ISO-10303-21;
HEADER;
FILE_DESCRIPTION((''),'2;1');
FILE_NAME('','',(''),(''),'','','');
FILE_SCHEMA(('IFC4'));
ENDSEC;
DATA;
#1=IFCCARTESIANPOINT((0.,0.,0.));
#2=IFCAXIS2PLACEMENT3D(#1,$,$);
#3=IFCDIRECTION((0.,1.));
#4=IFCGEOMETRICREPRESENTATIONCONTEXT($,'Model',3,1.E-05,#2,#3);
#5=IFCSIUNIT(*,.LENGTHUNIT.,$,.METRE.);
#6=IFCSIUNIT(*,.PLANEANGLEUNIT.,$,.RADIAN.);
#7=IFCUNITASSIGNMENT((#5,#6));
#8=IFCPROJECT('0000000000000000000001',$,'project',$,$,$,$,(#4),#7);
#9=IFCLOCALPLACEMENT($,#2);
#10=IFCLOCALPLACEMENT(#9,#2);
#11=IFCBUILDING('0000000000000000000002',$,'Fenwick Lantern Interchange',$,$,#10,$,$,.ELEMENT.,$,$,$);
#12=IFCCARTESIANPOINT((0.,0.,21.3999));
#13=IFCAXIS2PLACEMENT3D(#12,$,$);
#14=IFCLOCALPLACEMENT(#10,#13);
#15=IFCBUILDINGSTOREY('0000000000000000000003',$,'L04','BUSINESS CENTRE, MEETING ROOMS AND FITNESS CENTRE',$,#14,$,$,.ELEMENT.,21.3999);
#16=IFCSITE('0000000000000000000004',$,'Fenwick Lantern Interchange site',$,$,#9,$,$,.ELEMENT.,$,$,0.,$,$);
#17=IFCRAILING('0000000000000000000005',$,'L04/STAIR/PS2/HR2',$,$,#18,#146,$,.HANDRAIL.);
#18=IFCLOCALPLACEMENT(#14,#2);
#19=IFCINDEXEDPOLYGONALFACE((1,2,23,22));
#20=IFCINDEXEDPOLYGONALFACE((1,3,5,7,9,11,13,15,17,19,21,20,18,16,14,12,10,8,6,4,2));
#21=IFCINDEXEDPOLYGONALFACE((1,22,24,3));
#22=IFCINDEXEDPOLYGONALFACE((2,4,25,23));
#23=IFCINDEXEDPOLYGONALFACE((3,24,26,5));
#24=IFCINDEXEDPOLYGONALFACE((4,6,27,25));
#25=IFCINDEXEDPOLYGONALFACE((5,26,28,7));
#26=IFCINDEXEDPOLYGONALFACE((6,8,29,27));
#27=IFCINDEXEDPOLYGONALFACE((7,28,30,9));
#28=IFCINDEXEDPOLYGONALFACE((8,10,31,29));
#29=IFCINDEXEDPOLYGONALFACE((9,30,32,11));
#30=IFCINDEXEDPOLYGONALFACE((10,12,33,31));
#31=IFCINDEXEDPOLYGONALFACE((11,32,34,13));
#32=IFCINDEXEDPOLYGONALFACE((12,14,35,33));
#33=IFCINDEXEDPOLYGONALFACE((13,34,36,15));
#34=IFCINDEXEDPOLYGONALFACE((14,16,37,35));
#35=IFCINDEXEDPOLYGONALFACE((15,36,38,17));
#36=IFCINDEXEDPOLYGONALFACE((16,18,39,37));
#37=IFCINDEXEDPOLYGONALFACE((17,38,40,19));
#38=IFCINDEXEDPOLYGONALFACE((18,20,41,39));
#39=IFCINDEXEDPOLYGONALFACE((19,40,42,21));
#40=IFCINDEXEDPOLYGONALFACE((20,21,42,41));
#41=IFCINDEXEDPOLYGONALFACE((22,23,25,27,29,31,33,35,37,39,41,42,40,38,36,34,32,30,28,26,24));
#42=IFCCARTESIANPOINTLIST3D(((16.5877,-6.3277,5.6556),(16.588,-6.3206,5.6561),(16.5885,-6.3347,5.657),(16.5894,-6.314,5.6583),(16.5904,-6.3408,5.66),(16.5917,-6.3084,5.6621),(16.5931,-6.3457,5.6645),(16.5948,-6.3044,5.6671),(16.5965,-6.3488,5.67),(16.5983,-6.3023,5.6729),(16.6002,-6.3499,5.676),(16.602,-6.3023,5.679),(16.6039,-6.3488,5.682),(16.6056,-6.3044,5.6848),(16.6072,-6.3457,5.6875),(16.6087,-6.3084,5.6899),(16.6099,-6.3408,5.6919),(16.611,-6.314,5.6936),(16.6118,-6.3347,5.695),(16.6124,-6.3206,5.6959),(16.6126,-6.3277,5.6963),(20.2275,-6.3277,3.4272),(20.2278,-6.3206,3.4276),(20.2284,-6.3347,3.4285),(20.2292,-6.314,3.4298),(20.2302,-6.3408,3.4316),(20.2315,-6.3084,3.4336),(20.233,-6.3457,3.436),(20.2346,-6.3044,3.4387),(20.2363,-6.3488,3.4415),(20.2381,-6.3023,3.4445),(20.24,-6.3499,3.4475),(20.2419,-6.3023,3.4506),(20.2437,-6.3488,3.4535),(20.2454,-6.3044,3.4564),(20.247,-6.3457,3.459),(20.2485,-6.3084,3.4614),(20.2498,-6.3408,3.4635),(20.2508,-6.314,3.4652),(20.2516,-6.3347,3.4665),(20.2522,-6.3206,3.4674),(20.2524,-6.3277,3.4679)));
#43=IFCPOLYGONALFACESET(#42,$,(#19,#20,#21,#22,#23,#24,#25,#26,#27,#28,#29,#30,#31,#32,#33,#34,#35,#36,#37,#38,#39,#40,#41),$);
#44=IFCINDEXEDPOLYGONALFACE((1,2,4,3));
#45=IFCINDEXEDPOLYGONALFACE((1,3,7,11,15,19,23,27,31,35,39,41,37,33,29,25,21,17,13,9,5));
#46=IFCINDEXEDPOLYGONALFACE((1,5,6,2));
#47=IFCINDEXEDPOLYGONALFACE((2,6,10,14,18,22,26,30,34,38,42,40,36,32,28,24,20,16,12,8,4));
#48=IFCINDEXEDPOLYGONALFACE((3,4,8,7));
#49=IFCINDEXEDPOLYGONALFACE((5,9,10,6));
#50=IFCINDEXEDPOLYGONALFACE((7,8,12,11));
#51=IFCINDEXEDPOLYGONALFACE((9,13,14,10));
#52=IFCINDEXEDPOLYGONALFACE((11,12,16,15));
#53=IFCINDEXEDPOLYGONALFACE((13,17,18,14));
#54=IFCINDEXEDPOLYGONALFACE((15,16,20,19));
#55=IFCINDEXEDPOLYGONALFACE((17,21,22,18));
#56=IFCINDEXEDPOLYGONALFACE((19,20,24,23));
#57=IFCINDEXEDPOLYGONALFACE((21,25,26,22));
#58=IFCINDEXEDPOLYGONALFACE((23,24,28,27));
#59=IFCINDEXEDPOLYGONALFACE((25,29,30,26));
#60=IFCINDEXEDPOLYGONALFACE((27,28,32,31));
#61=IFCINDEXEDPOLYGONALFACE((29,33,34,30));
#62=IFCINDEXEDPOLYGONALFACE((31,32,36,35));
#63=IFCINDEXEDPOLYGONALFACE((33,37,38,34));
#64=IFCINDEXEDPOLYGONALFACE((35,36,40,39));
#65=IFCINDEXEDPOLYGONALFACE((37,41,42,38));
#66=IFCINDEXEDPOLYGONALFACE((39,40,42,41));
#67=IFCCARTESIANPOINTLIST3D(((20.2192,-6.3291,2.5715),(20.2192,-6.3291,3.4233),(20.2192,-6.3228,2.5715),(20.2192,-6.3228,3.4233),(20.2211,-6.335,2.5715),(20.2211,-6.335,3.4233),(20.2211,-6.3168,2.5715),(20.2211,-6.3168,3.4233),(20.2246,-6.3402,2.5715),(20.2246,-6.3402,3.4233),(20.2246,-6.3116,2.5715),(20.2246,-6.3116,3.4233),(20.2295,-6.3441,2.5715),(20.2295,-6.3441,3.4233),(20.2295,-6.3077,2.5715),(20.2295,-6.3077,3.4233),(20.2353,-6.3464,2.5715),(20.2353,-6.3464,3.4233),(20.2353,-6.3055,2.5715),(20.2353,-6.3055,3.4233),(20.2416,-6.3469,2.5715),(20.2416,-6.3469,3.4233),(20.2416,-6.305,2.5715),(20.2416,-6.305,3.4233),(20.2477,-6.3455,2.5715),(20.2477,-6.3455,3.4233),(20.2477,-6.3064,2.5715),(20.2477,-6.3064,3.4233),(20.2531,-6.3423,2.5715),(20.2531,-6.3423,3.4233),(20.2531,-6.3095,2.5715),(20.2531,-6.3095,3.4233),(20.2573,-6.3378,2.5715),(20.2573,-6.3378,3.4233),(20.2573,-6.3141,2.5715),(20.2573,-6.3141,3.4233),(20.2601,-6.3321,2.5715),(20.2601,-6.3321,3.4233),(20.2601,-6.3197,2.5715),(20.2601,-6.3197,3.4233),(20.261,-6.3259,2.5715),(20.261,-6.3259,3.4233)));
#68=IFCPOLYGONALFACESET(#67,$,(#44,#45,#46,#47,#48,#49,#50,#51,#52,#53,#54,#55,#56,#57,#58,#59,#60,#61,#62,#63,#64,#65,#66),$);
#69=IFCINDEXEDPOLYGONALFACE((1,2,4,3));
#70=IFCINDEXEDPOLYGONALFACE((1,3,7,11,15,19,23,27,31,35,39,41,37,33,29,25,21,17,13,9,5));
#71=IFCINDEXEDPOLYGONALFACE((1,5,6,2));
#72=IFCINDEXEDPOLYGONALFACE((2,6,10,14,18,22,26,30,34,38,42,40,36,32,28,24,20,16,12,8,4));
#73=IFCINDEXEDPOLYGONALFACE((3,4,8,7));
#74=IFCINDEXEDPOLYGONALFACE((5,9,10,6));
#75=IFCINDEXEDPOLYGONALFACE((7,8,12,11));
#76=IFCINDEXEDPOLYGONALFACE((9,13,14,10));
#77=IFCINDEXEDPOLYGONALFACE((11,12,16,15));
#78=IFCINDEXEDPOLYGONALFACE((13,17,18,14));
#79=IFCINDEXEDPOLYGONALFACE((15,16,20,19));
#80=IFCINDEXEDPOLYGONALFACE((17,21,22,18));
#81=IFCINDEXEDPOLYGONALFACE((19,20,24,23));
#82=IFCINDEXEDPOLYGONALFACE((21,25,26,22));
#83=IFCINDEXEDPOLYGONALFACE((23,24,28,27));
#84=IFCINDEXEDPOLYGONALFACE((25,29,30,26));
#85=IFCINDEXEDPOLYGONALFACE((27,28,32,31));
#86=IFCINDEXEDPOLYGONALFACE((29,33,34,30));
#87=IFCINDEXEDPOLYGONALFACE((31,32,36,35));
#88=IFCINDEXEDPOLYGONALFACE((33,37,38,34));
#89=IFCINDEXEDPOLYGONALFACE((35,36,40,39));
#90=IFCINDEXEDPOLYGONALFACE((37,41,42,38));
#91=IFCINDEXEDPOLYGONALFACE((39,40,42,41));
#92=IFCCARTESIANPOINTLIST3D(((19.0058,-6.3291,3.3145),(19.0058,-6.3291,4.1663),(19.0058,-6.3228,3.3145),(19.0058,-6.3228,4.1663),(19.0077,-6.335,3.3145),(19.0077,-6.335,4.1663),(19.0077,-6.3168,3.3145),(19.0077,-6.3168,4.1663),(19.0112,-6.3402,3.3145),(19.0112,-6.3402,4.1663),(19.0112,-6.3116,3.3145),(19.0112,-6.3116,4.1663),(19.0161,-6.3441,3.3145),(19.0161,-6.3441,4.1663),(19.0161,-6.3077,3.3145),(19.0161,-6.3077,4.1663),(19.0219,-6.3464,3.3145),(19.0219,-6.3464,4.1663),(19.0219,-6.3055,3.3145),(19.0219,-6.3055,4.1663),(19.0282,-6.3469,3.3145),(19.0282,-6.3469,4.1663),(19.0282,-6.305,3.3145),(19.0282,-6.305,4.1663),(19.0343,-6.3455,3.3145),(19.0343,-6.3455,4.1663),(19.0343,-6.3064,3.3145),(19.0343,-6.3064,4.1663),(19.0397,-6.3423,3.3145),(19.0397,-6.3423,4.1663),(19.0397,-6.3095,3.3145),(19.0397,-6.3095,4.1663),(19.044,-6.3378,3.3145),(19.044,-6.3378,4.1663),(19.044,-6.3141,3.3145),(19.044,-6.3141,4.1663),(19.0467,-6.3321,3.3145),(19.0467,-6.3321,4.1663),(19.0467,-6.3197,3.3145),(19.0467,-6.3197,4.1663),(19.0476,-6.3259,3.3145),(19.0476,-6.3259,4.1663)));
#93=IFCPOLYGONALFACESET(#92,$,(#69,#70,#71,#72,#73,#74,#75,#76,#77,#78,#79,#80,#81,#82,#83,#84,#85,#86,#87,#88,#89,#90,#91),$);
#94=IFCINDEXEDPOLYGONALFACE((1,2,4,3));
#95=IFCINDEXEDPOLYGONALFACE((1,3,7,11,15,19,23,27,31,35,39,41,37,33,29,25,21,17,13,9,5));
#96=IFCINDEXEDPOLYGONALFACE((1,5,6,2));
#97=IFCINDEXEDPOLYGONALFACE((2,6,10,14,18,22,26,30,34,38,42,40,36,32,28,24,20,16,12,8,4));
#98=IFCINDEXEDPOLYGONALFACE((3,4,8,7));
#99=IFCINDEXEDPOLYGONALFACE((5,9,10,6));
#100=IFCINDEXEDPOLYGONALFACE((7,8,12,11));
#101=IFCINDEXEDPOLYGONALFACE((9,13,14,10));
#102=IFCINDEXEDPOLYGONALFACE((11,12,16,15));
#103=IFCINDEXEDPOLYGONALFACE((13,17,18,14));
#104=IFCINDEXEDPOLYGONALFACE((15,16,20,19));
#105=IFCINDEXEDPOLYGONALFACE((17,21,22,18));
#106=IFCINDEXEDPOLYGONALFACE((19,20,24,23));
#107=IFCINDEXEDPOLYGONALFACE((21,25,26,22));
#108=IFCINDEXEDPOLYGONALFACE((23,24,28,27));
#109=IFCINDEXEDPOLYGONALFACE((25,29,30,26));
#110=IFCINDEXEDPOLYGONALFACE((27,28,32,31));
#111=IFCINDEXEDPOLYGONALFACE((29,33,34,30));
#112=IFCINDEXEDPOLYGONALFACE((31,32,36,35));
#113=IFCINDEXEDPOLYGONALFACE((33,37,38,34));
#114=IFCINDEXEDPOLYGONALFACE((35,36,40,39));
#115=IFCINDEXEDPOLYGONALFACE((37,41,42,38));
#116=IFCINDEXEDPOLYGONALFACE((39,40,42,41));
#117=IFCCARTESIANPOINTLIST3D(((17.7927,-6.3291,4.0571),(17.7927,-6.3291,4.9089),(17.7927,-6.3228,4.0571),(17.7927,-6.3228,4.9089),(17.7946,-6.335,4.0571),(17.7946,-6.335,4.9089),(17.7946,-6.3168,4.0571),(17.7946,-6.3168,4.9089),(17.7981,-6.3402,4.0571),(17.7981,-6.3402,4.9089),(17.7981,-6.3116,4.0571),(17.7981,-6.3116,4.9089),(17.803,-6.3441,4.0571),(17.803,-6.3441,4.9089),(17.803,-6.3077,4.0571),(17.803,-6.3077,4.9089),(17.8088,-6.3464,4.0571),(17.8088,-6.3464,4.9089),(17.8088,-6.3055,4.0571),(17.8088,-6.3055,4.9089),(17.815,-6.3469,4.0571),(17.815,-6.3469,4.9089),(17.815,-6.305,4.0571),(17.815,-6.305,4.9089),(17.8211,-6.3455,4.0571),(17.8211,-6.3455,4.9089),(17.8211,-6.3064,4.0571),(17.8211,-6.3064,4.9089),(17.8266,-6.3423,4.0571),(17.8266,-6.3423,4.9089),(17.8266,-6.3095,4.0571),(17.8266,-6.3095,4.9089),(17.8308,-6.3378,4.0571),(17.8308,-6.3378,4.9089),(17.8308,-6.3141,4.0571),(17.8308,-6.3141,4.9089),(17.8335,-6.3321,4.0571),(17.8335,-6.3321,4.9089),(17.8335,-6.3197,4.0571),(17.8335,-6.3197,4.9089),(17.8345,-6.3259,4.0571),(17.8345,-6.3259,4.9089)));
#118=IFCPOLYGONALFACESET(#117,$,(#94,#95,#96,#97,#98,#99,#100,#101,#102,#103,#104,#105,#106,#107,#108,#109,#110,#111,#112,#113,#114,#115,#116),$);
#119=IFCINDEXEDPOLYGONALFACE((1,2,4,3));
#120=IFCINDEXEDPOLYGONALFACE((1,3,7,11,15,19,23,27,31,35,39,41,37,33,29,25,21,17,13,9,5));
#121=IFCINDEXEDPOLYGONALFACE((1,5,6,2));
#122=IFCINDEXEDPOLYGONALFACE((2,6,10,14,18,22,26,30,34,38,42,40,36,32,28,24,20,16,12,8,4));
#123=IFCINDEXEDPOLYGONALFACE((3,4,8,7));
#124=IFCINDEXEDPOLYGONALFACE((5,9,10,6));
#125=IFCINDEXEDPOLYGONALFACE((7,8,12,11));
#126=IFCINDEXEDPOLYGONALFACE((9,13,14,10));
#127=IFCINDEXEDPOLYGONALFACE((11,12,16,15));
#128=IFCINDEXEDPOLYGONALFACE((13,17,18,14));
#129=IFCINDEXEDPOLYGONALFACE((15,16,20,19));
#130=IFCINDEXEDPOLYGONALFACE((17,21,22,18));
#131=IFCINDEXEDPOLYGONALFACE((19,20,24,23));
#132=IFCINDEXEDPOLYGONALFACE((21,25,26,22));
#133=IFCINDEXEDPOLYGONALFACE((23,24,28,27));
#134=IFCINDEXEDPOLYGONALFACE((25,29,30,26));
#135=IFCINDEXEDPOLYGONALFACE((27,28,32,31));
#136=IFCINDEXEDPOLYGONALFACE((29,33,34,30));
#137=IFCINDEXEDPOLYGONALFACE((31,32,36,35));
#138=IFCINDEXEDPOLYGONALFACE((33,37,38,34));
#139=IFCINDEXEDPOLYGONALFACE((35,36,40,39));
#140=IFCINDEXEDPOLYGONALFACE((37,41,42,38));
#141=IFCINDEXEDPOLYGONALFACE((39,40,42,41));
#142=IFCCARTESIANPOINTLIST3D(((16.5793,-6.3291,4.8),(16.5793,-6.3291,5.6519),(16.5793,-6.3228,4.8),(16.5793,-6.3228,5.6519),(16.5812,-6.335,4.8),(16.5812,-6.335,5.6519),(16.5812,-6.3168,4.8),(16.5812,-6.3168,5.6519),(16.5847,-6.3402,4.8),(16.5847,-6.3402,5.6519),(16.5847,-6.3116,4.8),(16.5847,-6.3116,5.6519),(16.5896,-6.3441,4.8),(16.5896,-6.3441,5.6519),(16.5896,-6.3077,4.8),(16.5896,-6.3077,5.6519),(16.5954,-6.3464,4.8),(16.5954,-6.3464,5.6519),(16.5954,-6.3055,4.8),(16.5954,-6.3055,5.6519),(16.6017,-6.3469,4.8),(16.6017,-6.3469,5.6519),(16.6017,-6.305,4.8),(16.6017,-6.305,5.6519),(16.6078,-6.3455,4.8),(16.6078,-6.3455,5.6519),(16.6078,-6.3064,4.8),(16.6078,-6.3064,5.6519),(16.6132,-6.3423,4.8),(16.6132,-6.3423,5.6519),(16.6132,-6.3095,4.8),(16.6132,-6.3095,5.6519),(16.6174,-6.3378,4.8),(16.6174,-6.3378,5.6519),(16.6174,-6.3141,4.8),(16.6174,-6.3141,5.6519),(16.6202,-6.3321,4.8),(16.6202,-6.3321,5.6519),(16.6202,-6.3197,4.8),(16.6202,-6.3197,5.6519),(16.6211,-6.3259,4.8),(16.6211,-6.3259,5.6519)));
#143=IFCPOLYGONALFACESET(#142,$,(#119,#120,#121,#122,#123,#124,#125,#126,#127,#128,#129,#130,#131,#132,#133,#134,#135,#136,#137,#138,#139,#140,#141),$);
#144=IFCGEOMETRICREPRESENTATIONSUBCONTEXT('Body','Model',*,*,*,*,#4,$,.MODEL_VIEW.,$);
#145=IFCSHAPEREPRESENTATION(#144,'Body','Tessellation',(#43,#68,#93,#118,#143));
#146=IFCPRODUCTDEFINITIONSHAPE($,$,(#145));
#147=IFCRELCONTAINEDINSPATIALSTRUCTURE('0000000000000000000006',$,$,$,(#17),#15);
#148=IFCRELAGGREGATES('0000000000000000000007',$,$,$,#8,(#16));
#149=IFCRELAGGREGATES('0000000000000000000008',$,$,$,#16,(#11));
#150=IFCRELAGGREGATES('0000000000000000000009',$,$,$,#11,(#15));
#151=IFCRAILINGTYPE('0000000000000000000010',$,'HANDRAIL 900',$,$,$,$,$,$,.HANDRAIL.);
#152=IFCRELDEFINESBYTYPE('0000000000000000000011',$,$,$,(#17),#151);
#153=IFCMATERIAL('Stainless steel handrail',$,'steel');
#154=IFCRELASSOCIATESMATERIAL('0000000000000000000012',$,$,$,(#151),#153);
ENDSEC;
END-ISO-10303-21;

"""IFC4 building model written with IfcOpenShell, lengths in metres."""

from ifc_helpers import new_model, si_unit, direction, frame, origin, origin_2d, place, context, subcontext, project, spatial, circle, extrude, material, type_object, element, save


model = new_model("IFC4")

# Units and contexts
model_context = context("Model", 3, precision=1e-05, world=origin(), true_north=direction((0.0, 1.0)))
body_context = subcontext(model_context, "Body", "Model", "MODEL_VIEW")
ifc_project = project(units=[si_unit("LENGTHUNIT", "METRE"), si_unit("PLANEANGLEUNIT", "RADIAN")], contexts=[model_context])

# Site, building, storey
site_placement = place(None, origin())
site = spatial("IfcSite", under=ifc_project, at=site_placement, Name="Fenwick Lantern Interchange site", CompositionType="ELEMENT", RefElevation=0.0)
building_placement = place(site_placement, origin())
building = spatial("IfcBuilding", under=site, at=building_placement, Name="Fenwick Lantern Interchange", CompositionType="ELEMENT")
storey_placement = place(building_placement, frame((0.0, 0.0, 21.3999)))
storey = spatial("IfcBuildingStorey", under=building, at=storey_placement, Name="L04", Description="BUSINESS CENTRE, MEETING ROOMS AND FITNESS CENTRE", CompositionType="ELEMENT", Elevation=21.3999)

# Railing
ifc_material_1 = material(Name="Stainless steel handrail", Category="steel")
railing_type = type_object("IfcRailingType", Name="HANDRAIL 900", PredefinedType="HANDRAIL", material=ifc_material_1)
railing_1_placement = place(storey_placement, frame((20.24, -6.3259, 2.5715)))
element("IfcRailing", 1, at=railing_1_placement, inside=storey, type_object=railing_type, Name="L04/STAIR/PS2/HR2", PredefinedType="HANDRAIL", context=body_context, shape_type="SweptSolid", body=[
    extrude(circle(Radius=0.0239, at=origin_2d()), frame((0.0, 0.0, 0.876), z_axis=(-0.85285, 0.0, 0.522156), x_axis=(0.0, -1.0, 0.0)), (0.0, 0.0, 1.0), 4.2678),
    extrude(circle(Radius=0.021, at=origin_2d()), origin(), (0.0, 0.0, 1.0), 0.8518),
    extrude(circle(Radius=0.021, at=origin_2d()), frame((-1.2134, 0.0, 0.7429)), (0.0, 0.0, 1.0), 0.8518),
    extrude(circle(Radius=0.021, at=origin_2d()), frame((-2.4265, 0.0, 1.4856)), (0.0, 0.0, 1.0), 0.8518),
    extrude(circle(Radius=0.021, at=origin_2d()), frame((-3.6399, 0.0, 2.2285)), (0.0, 0.0, 1.0), 0.8518),
])

save(model, "model.ifc")
